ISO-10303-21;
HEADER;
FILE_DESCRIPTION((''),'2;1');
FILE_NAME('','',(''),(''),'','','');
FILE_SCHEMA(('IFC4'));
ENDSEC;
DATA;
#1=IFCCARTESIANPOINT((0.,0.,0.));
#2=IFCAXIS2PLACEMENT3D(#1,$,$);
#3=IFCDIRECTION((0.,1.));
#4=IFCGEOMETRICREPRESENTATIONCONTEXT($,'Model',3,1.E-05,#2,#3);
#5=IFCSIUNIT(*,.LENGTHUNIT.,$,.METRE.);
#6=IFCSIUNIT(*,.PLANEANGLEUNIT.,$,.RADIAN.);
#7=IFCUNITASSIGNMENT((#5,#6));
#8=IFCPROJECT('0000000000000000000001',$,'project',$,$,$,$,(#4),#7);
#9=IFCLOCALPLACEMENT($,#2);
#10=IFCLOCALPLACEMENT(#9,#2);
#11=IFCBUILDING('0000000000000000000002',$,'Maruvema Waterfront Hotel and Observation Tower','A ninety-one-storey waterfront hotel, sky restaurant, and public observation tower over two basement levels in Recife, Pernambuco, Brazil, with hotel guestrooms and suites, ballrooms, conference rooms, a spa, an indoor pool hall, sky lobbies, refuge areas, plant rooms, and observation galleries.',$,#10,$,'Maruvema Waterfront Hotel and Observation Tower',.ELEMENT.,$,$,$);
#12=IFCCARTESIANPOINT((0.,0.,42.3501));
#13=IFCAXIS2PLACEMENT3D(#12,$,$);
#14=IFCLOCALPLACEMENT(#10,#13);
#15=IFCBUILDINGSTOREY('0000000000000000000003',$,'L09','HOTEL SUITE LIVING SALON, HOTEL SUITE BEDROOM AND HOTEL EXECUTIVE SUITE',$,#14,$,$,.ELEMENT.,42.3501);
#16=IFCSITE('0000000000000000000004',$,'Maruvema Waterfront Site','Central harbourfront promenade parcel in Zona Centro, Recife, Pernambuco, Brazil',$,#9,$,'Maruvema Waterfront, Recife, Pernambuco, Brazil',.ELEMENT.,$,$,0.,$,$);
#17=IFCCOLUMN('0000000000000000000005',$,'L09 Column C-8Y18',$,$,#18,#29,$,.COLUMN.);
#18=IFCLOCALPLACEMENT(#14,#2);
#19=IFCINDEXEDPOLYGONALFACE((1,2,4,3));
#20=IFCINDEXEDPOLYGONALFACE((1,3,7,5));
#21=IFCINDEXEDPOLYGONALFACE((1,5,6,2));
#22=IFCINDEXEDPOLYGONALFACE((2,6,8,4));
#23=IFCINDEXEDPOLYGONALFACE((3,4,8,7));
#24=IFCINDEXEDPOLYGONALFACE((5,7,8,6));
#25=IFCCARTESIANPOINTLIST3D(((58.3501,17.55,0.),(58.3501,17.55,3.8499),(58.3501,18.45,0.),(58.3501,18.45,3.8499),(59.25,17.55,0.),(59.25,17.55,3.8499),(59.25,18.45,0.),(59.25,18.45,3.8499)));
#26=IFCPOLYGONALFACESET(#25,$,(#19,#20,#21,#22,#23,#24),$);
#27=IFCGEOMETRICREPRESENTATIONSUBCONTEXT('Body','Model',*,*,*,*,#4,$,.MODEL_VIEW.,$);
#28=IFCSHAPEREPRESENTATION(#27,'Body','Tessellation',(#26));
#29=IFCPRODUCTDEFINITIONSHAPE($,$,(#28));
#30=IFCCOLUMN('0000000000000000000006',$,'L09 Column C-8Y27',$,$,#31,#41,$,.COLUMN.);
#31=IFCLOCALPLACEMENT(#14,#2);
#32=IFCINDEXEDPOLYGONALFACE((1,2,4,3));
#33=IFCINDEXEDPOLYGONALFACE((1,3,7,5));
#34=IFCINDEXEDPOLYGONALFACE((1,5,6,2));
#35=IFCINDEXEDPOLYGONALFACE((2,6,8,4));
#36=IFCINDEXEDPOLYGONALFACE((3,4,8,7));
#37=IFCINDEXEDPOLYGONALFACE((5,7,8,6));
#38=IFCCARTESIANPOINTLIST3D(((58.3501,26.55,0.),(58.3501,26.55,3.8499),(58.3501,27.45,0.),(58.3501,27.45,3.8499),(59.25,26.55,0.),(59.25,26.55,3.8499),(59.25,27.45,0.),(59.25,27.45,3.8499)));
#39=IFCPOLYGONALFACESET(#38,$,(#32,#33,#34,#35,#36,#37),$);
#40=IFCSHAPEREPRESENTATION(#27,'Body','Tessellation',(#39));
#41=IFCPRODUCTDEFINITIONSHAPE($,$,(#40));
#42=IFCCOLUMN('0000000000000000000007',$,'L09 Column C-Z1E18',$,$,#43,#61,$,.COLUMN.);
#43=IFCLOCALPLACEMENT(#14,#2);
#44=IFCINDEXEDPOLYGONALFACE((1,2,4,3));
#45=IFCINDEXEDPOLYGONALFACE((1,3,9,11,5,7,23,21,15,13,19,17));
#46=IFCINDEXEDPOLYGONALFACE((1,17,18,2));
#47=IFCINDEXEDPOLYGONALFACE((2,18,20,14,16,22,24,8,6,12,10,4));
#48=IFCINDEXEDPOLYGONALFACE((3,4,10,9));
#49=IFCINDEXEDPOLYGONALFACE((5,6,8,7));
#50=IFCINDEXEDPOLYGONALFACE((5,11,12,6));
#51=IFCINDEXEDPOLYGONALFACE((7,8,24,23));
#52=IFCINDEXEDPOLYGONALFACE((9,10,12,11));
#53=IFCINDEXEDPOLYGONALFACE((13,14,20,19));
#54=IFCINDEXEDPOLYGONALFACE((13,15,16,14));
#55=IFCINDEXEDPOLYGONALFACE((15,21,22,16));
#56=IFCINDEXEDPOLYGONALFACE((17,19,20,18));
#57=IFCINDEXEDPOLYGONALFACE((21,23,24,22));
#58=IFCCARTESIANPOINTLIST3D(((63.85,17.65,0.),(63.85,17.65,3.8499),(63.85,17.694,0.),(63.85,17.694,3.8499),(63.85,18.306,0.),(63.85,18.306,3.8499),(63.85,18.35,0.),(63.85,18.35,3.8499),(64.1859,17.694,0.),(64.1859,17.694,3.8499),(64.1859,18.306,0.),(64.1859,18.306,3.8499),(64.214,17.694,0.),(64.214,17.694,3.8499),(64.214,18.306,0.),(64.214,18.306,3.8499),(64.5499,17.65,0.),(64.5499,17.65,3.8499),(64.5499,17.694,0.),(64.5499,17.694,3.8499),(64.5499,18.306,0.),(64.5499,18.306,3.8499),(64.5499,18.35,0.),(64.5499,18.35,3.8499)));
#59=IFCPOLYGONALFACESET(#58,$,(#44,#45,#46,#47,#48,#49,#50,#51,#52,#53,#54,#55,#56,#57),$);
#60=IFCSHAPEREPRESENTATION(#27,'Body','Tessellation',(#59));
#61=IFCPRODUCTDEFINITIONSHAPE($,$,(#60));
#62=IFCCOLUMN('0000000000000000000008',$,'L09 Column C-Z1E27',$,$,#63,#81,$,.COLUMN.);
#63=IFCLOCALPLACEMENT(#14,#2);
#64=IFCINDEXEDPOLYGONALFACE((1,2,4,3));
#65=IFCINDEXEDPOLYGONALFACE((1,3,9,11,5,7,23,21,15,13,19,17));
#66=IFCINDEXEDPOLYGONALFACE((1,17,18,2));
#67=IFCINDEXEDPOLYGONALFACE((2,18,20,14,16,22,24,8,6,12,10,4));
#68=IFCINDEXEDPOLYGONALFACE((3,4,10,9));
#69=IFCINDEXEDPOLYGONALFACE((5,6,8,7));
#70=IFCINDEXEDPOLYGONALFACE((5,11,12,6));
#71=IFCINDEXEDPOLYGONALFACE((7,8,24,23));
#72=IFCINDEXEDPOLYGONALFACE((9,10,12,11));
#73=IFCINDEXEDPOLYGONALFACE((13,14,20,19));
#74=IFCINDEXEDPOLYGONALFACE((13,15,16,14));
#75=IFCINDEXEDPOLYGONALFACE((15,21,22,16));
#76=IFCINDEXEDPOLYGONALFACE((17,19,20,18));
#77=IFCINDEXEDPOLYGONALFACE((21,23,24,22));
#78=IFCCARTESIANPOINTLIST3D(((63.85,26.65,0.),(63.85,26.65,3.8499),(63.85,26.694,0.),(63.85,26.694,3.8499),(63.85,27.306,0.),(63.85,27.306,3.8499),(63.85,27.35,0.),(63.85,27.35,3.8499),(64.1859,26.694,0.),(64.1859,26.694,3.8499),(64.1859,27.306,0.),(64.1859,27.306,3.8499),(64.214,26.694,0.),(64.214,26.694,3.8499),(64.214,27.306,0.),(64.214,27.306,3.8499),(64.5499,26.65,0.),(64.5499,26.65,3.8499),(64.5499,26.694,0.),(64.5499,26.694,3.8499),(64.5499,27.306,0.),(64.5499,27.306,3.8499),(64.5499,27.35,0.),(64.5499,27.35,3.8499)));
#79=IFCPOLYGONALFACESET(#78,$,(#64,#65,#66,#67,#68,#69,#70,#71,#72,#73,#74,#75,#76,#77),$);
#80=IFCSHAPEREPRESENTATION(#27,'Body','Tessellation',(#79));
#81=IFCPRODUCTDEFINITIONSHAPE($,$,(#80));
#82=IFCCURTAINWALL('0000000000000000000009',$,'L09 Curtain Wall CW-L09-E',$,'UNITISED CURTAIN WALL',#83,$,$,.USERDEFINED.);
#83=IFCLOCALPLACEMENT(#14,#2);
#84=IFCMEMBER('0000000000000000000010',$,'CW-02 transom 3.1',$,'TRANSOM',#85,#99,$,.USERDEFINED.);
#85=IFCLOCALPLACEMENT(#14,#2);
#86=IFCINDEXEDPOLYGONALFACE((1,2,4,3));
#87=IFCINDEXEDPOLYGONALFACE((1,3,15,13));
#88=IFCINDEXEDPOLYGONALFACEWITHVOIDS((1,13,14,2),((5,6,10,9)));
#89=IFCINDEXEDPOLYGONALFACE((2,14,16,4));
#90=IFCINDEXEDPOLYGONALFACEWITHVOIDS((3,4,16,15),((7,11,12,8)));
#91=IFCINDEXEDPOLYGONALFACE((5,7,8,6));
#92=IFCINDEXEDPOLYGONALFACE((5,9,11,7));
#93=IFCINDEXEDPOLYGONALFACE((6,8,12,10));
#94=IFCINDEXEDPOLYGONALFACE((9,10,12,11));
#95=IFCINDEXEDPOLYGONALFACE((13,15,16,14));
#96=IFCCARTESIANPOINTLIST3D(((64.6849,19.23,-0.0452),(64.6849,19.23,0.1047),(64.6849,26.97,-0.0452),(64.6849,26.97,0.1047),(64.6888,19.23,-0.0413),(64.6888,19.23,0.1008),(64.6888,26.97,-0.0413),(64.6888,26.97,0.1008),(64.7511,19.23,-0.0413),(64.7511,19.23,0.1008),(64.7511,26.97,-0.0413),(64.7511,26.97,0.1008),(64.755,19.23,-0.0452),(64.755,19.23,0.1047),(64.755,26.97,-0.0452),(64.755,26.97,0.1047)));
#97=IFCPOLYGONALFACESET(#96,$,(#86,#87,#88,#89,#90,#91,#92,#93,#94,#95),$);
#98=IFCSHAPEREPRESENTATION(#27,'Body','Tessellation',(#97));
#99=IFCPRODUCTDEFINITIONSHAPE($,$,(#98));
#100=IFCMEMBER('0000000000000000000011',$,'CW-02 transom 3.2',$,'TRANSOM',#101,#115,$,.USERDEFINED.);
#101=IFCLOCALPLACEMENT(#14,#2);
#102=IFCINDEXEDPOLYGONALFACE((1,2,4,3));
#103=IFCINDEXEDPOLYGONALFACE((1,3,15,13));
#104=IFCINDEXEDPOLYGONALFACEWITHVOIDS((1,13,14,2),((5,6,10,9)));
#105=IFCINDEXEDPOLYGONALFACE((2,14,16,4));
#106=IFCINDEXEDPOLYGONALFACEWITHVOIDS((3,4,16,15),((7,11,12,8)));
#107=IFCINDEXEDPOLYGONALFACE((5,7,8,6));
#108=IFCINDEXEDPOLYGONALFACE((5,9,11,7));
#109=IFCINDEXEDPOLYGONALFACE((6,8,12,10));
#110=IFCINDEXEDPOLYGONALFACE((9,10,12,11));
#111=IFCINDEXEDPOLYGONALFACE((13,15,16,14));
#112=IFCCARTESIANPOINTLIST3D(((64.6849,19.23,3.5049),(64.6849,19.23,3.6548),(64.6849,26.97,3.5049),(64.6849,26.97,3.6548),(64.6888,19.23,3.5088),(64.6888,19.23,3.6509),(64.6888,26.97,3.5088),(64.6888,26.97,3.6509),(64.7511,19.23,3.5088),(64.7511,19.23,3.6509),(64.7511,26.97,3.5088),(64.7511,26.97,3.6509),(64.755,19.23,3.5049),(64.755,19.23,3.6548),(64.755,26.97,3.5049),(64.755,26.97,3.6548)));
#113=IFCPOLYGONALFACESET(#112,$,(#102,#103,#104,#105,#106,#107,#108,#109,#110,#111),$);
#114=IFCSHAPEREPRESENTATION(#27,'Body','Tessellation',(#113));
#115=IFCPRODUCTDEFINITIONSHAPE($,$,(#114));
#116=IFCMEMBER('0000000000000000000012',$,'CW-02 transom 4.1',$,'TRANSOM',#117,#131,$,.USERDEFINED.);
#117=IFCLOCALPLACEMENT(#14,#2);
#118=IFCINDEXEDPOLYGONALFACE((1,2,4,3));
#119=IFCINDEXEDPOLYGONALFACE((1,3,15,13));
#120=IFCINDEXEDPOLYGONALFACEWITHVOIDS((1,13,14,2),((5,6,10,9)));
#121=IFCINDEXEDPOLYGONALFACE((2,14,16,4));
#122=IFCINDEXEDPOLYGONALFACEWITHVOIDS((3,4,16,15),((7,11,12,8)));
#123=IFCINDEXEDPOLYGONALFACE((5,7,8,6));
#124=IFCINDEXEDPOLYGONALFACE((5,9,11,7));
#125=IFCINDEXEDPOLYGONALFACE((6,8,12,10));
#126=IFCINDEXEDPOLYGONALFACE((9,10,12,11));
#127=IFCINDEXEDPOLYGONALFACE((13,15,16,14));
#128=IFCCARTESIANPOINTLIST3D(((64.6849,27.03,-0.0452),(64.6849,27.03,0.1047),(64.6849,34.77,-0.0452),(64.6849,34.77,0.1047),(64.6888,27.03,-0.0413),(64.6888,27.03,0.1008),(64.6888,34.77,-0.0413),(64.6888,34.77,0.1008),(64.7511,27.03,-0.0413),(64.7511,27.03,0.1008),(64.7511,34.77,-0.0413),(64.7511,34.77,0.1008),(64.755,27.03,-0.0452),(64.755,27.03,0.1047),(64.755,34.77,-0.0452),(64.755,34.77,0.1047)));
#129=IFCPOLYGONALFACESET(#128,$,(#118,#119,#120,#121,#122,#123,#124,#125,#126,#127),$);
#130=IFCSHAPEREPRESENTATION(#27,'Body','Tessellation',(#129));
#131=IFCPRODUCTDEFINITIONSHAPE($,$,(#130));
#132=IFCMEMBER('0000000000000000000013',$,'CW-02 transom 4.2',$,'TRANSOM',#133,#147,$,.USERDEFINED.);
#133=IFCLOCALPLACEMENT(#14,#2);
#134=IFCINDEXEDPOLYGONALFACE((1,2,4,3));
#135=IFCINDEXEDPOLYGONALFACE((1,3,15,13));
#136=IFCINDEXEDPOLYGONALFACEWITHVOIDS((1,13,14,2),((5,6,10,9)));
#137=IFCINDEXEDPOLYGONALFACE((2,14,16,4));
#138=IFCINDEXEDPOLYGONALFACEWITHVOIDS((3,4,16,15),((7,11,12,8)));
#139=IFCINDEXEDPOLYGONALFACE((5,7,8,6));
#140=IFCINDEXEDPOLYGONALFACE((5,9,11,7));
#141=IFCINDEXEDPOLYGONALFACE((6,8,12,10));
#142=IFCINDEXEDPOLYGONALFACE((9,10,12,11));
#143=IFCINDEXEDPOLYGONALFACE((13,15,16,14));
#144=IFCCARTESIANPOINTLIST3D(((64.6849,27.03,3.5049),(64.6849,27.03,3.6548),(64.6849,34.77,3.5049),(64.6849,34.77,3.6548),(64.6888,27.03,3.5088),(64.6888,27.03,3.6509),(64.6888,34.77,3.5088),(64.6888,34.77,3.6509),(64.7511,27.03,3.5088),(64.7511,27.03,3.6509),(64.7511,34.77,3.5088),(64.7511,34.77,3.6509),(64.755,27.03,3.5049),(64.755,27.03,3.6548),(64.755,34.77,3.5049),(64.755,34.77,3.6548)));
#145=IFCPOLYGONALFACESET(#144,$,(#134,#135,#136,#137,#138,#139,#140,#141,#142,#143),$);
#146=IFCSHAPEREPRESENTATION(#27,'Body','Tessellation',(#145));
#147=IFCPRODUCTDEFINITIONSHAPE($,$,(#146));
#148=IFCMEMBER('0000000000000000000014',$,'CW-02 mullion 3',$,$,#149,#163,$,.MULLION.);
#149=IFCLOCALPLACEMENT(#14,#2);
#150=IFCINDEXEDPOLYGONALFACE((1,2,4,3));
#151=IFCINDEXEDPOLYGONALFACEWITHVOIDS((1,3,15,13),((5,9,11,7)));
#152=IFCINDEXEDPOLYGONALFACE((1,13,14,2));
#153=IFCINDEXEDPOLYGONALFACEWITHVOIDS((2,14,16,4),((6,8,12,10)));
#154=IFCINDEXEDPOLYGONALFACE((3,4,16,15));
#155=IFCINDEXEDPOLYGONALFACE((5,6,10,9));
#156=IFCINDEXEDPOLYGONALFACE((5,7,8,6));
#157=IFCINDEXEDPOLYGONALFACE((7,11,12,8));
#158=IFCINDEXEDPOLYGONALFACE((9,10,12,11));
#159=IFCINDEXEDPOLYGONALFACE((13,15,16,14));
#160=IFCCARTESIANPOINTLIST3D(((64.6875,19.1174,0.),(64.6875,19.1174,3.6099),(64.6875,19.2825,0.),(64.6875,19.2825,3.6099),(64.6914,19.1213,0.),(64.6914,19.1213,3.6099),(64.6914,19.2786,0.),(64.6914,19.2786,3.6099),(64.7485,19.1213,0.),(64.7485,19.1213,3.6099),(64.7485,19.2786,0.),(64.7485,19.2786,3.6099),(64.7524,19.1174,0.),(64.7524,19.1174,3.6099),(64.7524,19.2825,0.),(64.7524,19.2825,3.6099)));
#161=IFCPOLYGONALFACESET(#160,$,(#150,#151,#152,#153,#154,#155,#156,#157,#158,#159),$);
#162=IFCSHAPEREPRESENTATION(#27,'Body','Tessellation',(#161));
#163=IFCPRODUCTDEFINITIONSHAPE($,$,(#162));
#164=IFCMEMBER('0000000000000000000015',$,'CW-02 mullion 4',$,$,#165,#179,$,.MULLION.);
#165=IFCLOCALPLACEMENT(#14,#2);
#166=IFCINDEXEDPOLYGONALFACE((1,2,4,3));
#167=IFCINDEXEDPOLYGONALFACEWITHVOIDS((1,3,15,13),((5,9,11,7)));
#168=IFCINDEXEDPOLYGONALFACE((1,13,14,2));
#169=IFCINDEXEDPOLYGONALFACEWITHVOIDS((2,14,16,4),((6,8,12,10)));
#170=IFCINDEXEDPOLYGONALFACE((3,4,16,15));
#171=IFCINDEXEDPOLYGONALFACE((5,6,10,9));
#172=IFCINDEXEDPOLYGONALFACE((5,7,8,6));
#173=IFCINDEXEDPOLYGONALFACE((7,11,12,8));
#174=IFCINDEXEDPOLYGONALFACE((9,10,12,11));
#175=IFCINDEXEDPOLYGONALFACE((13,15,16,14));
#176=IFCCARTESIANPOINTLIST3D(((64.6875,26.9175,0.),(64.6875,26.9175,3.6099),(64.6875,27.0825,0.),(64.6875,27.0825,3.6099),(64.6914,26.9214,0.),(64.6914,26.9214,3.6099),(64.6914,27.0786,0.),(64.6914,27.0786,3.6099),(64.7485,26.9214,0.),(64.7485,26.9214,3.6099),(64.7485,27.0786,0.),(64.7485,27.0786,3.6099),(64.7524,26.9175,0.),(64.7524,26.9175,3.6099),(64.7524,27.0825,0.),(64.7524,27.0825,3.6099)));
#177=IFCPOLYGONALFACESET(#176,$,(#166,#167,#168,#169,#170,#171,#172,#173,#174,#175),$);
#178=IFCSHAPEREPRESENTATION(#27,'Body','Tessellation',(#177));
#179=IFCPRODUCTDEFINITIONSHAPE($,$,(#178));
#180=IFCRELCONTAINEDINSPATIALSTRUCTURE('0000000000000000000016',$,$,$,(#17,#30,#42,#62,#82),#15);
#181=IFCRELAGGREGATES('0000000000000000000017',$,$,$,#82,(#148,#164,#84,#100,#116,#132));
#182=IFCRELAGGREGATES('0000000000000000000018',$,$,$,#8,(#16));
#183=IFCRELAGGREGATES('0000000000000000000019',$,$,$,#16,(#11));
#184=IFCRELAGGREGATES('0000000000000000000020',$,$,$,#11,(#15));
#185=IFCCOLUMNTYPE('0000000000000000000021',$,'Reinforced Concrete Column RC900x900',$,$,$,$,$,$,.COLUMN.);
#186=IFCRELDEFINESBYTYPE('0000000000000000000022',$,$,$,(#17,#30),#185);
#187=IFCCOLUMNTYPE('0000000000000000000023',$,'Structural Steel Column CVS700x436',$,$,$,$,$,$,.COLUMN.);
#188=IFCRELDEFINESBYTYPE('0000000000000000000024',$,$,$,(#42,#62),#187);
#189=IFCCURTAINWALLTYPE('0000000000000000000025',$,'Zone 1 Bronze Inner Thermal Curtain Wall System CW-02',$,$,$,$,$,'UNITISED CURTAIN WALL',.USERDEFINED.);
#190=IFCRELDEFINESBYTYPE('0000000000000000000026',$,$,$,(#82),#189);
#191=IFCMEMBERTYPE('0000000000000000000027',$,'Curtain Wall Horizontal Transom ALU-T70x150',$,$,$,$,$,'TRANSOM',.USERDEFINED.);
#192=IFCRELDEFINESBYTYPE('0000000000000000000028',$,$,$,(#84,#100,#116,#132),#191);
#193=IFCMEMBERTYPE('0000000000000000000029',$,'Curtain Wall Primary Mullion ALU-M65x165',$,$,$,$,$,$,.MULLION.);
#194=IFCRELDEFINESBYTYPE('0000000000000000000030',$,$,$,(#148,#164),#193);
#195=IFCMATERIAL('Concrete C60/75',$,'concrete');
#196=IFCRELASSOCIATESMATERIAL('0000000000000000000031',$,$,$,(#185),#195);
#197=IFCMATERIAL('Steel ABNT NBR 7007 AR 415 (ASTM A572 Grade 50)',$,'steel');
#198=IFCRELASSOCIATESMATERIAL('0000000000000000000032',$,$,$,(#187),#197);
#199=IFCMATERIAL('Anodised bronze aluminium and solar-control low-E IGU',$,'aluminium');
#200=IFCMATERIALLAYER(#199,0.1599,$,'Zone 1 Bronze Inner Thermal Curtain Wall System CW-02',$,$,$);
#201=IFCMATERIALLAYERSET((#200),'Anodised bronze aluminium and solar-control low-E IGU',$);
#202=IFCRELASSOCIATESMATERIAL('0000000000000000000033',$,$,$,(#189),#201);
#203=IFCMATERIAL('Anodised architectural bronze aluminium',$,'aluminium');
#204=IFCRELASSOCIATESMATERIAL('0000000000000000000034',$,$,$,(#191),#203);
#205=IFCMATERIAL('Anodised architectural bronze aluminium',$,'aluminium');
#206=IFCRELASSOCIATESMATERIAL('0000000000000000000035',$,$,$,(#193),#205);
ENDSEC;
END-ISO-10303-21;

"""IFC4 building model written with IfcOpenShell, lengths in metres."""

from ifc_helpers import new_model, si_unit, direction, frame, origin, origin_2d, place, context, subcontext, project, spatial, rectangle, hollow_rectangle, i_section, extrude, material, layer, layer_set, material_profile, profile_set, type_object, element, aggregate, save


model = new_model("IFC4")

# Units and contexts
model_context = context("Model", 3, precision=1e-05, world=origin(), true_north=direction((0.0, 1.0)))
body_context = subcontext(model_context, "Body", "Model", "MODEL_VIEW")
ifc_project = project(units=[si_unit("LENGTHUNIT", "METRE"), si_unit("PLANEANGLEUNIT", "RADIAN")], contexts=[model_context])

# Site, building, storey
site_placement = place(None, origin())
site = spatial("IfcSite", under=ifc_project, at=site_placement, Name="Maruvema Waterfront Site", Description="Central harbourfront promenade parcel in Zona Centro, Recife, Pernambuco, Brazil", LongName="Maruvema Waterfront, Recife, Pernambuco, Brazil", CompositionType="ELEMENT", RefElevation=0.0)
building_placement = place(site_placement, origin())
building = spatial("IfcBuilding", under=site, at=building_placement, Name="Maruvema Waterfront Hotel and Observation Tower", Description="A ninety-one-storey waterfront hotel, sky restaurant, and public observation tower over two basement levels in Recife, Pernambuco, Brazil, with hotel guestrooms and suites, ballrooms, conference rooms, a spa, an indoor pool hall, sky lobbies, refuge areas, plant rooms, and observation galleries.", LongName="Maruvema Waterfront Hotel and Observation Tower", CompositionType="ELEMENT")
storey_placement = place(building_placement, frame((0.0, 0.0, 42.3501)))
storey = spatial("IfcBuildingStorey", under=building, at=storey_placement, Name="L09", Description="HOTEL SUITE LIVING SALON, HOTEL SUITE BEDROOM AND HOTEL EXECUTIVE SUITE", CompositionType="ELEMENT", Elevation=42.3501)

# Columns
ifc_material_1 = material(Name="Concrete C60/75", Category="concrete")
ifc_material_profile_1 = material_profile(ifc_material_1, rectangle(XDim=0.8999, YDim=0.8999, at=origin_2d()), Name="RC900x900")
ifc_profile_set_1 = profile_set([ifc_material_profile_1], Name="Concrete C60/75")
column_type_1 = type_object("IfcColumnType", Name="Reinforced Concrete Column RC900x900", PredefinedType="COLUMN", material=ifc_profile_set_1)
for number, where, z_axis, x_axis, name in (
    (1, (58.8, 18.0, 0.0), (0.0, 0.0, 1.0), (1.0, 0.0, 0.0), "L09 Column C-8Y18"),
    (2, (58.8, 27.0, 0.0), (0.0, 0.0, 1.0), (1.0, 0.0, 0.0), "L09 Column C-8Y27"),
):
    element("IfcColumn", number, at=place(storey_placement, frame(where, z_axis=z_axis, x_axis=x_axis)), inside=storey, type_object=column_type_1, Name=name, PredefinedType="COLUMN", context=body_context, shape_type="SweptSolid", body=[
        extrude(rectangle(XDim=0.8999, YDim=0.8999, at=origin_2d()), origin(), (0.0, 0.0, 1.0), 3.8499),
    ])
ifc_material_2 = material(Name="Steel ABNT NBR 7007 AR 415 (ASTM A572 Grade 50)", Category="steel")
ifc_material_profile_2 = material_profile(ifc_material_2, i_section(OverallWidth=0.7, OverallDepth=0.7, WebThickness=0.0281, FlangeThickness=0.0439, at=origin_2d()), Name="CVS700x436")
ifc_profile_set_2 = profile_set([ifc_material_profile_2], Name="Steel ABNT NBR 7007 AR 415 (ASTM A572 Grade 50)")
column_type_2 = type_object("IfcColumnType", Name="Structural Steel Column CVS700x436", PredefinedType="COLUMN", material=ifc_profile_set_2)
for number, where, z_axis, x_axis, name in (
    (3, (64.2, 18.0, 0.0), (0.0, 0.0, 1.0), (1.0, 0.0, 0.0), "L09 Column C-Z1E18"),
    (4, (64.2, 27.0, 0.0), (0.0, 0.0, 1.0), (1.0, 0.0, 0.0), "L09 Column C-Z1E27"),
):
    element("IfcColumn", number, at=place(storey_placement, frame(where, z_axis=z_axis, x_axis=x_axis)), inside=storey, type_object=column_type_2, Name=name, PredefinedType="COLUMN", context=body_context, shape_type="SweptSolid", body=[
        extrude(i_section(OverallWidth=0.7, OverallDepth=0.7, WebThickness=0.0281, FlangeThickness=0.0439, at=origin_2d()), origin(), (0.0, 0.0, 1.0), 3.8499),
    ])

# Curtain wall, members
ifc_material_3 = material(Name="Anodised bronze aluminium and solar-control low-E IGU", Category="aluminium")
ifc_layer_1 = layer(ifc_material_3, 0.1599, Name="Zone 1 Bronze Inner Thermal Curtain Wall System CW-02")
ifc_layer_set_1 = layer_set([ifc_layer_1], Name="Anodised bronze aluminium and solar-control low-E IGU")
curtain_wall_type = type_object("IfcCurtainWallType", Name="Zone 1 Bronze Inner Thermal Curtain Wall System CW-02", ElementType="UNITISED CURTAIN WALL", PredefinedType="USERDEFINED", material=ifc_layer_set_1)
curtain_wall_placement = place(storey_placement, origin())
curtain_wall = element("IfcCurtainWall", 5, at=curtain_wall_placement, inside=storey, type_object=curtain_wall_type, Name="L09 Curtain Wall CW-L09-E", ObjectType="UNITISED CURTAIN WALL", PredefinedType="USERDEFINED")
ifc_material_4 = material(Name="Anodised architectural bronze aluminium", Category="aluminium")
ifc_material_profile_3 = material_profile(ifc_material_4, hollow_rectangle(XDim=0.0701, YDim=0.1499, WallThickness=0.0039, at=origin_2d()), Name="ALU-T70x150")
ifc_profile_set_3 = profile_set([ifc_material_profile_3], Name="Anodised architectural bronze aluminium")
member_type_1 = type_object("IfcMemberType", Name="Curtain Wall Horizontal Transom ALU-T70x150", ElementType="TRANSOM", PredefinedType="USERDEFINED", material=ifc_profile_set_3)
member_1_placement = place(storey_placement, frame((64.72, 19.23, 0.0298), z_axis=(0.0, 1.0, 0.0), x_axis=(-1.0, 0.0, 0.0)))
member_1 = element("IfcMember", 6, at=member_1_placement, type_object=member_type_1, Name="CW-02 transom 3.1", ObjectType="TRANSOM", PredefinedType="USERDEFINED", context=body_context, shape_type="SweptSolid", body=[
    extrude(hollow_rectangle(XDim=0.0701, YDim=0.1499, WallThickness=0.0039, at=origin_2d()), origin(), (0.0, 0.0, 1.0), 7.74),
])
member_2_placement = place(storey_placement, frame((64.72, 19.23, 3.5798), z_axis=(0.0, 1.0, 0.0), x_axis=(-1.0, 0.0, 0.0)))
member_2 = element("IfcMember", 7, at=member_2_placement, type_object=member_type_1, Name="CW-02 transom 3.2", ObjectType="TRANSOM", PredefinedType="USERDEFINED", context=body_context, shape_type="SweptSolid", body=[
    extrude(hollow_rectangle(XDim=0.0701, YDim=0.1499, WallThickness=0.0039, at=origin_2d()), origin(), (0.0, 0.0, 1.0), 7.74),
])
member_3_placement = place(storey_placement, frame((64.72, 27.03, 0.0298), z_axis=(0.0, 1.0, 0.0), x_axis=(-1.0, 0.0, 0.0)))
member_3 = element("IfcMember", 8, at=member_3_placement, type_object=member_type_1, Name="CW-02 transom 4.1", ObjectType="TRANSOM", PredefinedType="USERDEFINED", context=body_context, shape_type="SweptSolid", body=[
    extrude(hollow_rectangle(XDim=0.0701, YDim=0.1499, WallThickness=0.0039, at=origin_2d()), origin(), (0.0, 0.0, 1.0), 7.74),
])
member_4_placement = place(storey_placement, frame((64.72, 27.03, 3.5798), z_axis=(0.0, 1.0, 0.0), x_axis=(-1.0, 0.0, 0.0)))
member_4 = element("IfcMember", 9, at=member_4_placement, type_object=member_type_1, Name="CW-02 transom 4.2", ObjectType="TRANSOM", PredefinedType="USERDEFINED", context=body_context, shape_type="SweptSolid", body=[
    extrude(hollow_rectangle(XDim=0.0701, YDim=0.1499, WallThickness=0.0039, at=origin_2d()), origin(), (0.0, 0.0, 1.0), 7.74),
])
ifc_material_5 = material(Name="Anodised architectural bronze aluminium", Category="aluminium")
ifc_material_profile_4 = material_profile(ifc_material_5, hollow_rectangle(XDim=0.0649, YDim=0.165, WallThickness=0.0039, at=origin_2d()), Name="ALU-M65x165")
ifc_profile_set_4 = profile_set([ifc_material_profile_4], Name="Anodised architectural bronze aluminium")
member_type_2 = type_object("IfcMemberType", Name="Curtain Wall Primary Mullion ALU-M65x165", PredefinedType="MULLION", material=ifc_profile_set_4)
member_5_placement = place(storey_placement, frame((64.72, 19.2, 0.0), z_axis=(0.0, 0.0, 1.0), x_axis=(-1.0, 0.0, 0.0)))
member_5 = element("IfcMember", 10, at=member_5_placement, type_object=member_type_2, Name="CW-02 mullion 3", PredefinedType="MULLION", context=body_context, shape_type="SweptSolid", body=[
    extrude(hollow_rectangle(XDim=0.0649, YDim=0.165, WallThickness=0.0039, at=origin_2d()), origin(), (0.0, 0.0, 1.0), 3.6099),
])
member_6_placement = place(storey_placement, frame((64.72, 27.0, 0.0), z_axis=(0.0, 0.0, 1.0), x_axis=(-1.0, 0.0, 0.0)))
member_6 = element("IfcMember", 11, at=member_6_placement, type_object=member_type_2, Name="CW-02 mullion 4", PredefinedType="MULLION", context=body_context, shape_type="SweptSolid", body=[
    extrude(hollow_rectangle(XDim=0.0649, YDim=0.165, WallThickness=0.0039, at=origin_2d()), origin(), (0.0, 0.0, 1.0), 3.6099),
])

aggregate(curtain_wall, [member_5, member_6, member_1, member_2, member_3, member_4])

save(model, "model.ifc")
